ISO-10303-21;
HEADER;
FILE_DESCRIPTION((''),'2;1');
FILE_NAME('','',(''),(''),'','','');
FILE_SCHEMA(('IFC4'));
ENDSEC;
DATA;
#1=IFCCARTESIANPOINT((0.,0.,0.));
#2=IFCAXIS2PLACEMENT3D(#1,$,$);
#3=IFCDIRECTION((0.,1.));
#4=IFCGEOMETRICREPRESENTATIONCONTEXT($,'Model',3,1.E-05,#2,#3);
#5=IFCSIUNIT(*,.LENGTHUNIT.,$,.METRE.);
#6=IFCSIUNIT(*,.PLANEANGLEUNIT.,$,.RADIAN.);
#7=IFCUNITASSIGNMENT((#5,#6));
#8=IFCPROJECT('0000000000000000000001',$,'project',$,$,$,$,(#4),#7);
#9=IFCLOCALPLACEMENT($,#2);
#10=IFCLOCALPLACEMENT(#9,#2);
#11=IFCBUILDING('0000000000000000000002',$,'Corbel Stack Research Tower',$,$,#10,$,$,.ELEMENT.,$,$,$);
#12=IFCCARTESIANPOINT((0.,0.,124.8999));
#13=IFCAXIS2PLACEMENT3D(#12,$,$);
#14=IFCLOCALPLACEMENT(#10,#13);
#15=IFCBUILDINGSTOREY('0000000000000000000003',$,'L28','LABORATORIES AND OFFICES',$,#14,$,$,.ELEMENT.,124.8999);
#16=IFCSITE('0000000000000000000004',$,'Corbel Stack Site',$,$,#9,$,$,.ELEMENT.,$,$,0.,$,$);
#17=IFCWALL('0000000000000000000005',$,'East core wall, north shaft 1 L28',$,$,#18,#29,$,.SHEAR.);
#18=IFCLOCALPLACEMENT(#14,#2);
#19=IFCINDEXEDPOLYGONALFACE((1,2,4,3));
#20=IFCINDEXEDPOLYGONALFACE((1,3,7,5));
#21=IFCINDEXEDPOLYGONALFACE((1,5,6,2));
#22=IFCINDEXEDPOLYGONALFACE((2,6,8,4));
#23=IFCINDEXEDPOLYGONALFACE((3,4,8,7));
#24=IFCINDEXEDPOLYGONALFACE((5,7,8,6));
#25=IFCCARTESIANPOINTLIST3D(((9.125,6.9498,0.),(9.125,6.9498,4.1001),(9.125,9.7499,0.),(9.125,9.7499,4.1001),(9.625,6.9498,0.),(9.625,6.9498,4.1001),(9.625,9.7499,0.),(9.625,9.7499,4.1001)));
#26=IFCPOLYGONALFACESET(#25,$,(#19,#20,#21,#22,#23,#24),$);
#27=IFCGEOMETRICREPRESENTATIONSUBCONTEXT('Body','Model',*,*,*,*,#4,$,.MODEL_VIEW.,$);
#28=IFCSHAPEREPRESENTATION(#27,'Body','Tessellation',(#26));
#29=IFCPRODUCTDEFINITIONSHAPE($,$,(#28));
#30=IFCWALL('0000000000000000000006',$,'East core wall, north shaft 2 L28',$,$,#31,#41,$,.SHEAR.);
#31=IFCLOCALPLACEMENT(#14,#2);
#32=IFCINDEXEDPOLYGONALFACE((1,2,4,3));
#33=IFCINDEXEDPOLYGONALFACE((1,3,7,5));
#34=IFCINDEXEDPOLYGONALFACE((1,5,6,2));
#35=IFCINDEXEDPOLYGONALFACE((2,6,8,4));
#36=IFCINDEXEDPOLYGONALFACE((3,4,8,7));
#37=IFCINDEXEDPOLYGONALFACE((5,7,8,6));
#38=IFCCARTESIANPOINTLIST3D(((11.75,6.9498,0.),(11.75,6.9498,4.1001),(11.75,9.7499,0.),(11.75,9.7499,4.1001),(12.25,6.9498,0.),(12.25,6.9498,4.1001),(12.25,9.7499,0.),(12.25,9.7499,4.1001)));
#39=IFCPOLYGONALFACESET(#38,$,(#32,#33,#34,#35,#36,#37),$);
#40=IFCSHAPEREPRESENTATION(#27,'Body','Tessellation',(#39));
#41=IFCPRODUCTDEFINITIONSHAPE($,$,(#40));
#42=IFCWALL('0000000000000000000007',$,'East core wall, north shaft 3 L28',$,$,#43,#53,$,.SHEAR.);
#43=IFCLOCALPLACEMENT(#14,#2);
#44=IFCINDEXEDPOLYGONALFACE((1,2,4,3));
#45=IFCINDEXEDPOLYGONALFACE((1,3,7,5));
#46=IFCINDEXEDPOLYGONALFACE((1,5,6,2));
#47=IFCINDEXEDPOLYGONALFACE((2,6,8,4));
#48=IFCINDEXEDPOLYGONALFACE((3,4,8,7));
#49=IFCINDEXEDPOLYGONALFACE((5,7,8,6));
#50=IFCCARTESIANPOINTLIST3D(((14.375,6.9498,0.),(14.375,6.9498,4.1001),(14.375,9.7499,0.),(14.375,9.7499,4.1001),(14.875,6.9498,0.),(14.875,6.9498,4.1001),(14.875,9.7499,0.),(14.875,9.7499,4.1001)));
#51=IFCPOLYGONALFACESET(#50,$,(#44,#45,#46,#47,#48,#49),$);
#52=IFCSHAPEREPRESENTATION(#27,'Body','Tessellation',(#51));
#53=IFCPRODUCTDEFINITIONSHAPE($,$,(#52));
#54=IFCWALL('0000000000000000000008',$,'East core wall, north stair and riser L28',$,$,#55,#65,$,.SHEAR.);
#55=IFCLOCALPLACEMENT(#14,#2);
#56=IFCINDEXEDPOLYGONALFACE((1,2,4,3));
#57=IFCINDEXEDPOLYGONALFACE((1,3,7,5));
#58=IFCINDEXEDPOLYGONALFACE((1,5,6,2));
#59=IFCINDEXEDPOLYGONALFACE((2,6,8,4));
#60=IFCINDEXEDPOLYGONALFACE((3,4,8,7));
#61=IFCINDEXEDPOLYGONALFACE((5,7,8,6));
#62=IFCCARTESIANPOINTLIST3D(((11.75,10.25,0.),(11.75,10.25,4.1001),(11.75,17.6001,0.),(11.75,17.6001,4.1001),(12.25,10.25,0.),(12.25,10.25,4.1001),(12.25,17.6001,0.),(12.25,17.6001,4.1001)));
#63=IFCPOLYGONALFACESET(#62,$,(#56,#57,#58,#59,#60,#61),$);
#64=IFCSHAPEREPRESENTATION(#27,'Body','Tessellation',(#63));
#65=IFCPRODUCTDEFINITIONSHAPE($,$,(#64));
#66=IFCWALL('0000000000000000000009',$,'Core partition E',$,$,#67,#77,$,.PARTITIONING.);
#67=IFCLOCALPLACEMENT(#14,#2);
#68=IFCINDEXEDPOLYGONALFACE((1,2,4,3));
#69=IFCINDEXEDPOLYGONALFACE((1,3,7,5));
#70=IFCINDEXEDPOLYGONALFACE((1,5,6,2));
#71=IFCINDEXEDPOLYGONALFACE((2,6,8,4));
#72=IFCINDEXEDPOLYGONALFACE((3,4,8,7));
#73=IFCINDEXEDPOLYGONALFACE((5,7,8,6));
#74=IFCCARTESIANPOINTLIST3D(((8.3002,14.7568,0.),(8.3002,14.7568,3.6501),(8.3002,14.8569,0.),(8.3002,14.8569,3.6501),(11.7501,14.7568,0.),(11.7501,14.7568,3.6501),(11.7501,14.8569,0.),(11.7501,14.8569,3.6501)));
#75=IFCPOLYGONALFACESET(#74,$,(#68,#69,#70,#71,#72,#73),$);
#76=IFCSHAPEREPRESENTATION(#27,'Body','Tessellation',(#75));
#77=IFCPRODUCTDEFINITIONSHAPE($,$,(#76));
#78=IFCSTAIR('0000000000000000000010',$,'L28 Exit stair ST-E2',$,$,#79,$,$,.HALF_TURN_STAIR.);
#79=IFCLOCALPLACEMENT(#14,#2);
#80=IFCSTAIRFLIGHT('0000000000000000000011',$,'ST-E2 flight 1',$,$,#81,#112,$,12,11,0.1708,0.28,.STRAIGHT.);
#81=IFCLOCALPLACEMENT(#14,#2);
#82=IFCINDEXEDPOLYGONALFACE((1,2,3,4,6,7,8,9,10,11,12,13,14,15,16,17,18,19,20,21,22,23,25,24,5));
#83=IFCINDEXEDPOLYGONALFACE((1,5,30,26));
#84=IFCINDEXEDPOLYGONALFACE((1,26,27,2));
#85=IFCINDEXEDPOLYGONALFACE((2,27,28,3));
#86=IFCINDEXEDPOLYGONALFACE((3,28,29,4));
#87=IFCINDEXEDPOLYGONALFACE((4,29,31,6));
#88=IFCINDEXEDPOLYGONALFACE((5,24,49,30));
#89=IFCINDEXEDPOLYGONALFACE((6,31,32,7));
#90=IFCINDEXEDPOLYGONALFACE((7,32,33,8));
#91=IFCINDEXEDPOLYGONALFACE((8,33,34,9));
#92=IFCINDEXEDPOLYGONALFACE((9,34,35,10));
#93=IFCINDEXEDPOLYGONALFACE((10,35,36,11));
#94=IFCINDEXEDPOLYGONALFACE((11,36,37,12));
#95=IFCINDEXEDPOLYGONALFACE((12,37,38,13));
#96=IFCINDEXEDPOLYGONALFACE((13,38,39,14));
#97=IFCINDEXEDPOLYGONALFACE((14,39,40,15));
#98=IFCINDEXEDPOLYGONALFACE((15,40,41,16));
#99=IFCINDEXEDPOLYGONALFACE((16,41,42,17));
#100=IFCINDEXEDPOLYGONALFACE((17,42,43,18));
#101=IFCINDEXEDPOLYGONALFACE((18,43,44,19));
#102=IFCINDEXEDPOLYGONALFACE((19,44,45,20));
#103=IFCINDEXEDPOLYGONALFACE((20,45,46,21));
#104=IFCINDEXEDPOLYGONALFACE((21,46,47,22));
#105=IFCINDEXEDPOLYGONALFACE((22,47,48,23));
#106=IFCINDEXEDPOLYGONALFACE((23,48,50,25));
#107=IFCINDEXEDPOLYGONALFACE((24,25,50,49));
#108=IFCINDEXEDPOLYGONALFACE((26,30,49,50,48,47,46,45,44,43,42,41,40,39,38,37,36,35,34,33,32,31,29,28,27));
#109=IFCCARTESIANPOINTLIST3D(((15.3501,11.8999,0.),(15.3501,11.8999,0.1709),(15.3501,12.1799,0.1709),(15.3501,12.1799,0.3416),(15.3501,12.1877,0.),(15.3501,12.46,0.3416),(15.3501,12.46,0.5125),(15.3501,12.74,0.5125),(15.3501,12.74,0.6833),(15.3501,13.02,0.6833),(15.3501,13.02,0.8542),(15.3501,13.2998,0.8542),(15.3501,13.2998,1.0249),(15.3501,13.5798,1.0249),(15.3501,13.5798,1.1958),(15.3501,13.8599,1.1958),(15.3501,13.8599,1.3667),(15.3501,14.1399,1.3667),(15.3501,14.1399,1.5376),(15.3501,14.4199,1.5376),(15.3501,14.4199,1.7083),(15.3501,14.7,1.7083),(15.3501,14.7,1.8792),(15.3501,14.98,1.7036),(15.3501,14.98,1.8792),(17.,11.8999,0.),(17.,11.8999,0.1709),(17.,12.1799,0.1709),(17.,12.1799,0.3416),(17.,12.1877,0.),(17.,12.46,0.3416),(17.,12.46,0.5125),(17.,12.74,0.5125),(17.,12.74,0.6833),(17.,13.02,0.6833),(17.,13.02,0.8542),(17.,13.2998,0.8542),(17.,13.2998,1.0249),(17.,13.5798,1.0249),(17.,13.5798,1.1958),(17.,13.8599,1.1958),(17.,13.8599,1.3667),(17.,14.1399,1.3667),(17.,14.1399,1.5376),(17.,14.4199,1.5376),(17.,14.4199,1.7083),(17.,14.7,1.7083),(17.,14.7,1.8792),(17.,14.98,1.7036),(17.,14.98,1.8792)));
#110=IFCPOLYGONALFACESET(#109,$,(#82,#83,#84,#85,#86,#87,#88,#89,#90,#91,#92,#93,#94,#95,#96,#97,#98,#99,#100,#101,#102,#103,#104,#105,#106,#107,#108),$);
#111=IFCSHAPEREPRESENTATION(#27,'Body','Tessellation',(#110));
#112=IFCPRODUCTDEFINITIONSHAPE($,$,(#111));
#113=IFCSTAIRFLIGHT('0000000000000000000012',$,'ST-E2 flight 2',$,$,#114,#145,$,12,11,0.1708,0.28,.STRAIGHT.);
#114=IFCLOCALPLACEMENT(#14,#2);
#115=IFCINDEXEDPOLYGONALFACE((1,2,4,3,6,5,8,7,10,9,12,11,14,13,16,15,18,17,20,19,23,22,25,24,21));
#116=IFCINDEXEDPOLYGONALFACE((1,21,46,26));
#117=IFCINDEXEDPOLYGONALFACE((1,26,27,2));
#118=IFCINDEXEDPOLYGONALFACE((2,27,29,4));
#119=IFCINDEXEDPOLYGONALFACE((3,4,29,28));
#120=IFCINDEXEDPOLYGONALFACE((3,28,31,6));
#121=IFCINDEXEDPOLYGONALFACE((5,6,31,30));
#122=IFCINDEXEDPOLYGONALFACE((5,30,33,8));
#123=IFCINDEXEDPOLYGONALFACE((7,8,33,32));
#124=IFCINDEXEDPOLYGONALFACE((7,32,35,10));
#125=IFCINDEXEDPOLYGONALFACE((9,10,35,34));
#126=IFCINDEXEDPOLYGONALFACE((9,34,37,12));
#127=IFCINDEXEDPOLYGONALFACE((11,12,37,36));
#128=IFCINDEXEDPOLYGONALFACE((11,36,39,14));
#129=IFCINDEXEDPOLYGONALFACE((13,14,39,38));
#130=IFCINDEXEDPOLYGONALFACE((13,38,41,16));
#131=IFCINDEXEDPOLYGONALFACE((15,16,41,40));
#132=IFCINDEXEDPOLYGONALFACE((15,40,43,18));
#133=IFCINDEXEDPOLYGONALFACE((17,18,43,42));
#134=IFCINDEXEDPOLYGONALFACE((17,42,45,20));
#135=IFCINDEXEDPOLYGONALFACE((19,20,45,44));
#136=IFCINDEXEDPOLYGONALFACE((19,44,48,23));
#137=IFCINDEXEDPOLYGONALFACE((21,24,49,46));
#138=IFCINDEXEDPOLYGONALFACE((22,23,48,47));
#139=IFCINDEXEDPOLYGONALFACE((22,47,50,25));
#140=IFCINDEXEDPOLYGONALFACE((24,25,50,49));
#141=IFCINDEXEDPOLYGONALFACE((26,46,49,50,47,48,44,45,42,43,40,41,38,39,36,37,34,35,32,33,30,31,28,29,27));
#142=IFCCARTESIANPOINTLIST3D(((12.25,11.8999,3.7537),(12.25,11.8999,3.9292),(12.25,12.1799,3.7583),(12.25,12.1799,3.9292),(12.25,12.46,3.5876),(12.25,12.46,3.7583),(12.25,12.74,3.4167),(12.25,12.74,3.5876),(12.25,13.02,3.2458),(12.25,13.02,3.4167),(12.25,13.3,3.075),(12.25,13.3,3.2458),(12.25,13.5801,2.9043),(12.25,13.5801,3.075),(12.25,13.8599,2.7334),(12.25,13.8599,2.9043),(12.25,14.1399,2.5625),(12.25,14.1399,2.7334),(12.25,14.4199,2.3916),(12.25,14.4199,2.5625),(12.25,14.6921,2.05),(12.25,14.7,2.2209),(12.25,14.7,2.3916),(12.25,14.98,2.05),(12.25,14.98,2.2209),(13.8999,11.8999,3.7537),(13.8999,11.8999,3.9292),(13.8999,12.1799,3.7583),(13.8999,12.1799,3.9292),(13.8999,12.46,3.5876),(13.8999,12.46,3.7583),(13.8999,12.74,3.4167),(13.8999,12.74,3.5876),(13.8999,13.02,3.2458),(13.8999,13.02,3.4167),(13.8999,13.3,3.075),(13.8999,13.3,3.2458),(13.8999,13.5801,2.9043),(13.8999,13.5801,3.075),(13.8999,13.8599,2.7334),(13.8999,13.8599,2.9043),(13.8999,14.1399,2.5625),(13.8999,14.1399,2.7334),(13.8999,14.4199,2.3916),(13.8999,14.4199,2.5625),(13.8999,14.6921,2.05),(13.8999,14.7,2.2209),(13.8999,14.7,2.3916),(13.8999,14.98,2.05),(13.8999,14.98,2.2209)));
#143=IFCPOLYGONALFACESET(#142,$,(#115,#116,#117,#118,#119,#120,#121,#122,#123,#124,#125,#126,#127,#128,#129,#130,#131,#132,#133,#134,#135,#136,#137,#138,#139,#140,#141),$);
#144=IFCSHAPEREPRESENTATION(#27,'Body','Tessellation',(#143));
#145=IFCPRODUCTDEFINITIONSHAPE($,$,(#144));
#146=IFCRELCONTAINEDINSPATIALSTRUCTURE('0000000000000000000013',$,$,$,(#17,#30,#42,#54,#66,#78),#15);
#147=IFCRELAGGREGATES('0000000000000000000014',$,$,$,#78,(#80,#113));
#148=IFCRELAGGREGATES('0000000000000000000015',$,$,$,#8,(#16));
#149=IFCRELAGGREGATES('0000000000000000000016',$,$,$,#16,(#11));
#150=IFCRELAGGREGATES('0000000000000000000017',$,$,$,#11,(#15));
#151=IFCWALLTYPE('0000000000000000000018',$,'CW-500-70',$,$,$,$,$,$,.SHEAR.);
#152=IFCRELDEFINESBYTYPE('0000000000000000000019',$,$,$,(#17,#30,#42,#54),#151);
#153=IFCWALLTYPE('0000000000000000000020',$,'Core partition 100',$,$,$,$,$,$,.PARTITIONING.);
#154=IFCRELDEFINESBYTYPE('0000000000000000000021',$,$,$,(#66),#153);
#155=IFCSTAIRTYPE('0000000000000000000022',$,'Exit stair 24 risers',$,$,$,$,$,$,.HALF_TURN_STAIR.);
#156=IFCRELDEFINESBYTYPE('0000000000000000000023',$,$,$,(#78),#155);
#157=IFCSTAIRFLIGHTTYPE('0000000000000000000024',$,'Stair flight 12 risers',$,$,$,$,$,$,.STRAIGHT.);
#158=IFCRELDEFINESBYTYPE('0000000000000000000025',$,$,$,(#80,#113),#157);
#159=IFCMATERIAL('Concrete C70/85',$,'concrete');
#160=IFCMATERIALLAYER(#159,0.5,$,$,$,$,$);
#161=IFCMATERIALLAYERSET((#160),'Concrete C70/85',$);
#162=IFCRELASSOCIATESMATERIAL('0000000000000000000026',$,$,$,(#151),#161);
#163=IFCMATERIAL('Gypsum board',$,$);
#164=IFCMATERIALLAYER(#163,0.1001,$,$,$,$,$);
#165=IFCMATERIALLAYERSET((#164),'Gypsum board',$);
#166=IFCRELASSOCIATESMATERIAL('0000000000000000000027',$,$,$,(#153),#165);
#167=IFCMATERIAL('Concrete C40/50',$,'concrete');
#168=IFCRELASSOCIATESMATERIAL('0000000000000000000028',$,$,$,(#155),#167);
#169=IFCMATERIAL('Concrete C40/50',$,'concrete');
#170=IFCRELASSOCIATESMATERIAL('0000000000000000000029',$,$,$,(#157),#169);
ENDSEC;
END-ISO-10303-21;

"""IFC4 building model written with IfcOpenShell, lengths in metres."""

from ifc_helpers import new_model, si_unit, direction, frame, frame_2d, origin, place, context, subcontext, project, spatial, polyline, rectangle, outline, extrude, material, layer, layer_set, type_object, element, aggregate, save


model = new_model("IFC4")

# Units and contexts
model_context = context("Model", 3, precision=1e-05, world=origin(), true_north=direction((0.0, 1.0)))
body_context = subcontext(model_context, "Body", "Model", "MODEL_VIEW")
ifc_project = project(units=[si_unit("LENGTHUNIT", "METRE"), si_unit("PLANEANGLEUNIT", "RADIAN")], contexts=[model_context])

# Site, building, storey
site_placement = place(None, origin())
site = spatial("IfcSite", under=ifc_project, at=site_placement, Name="Corbel Stack Site", CompositionType="ELEMENT", RefElevation=0.0)
building_placement = place(site_placement, origin())
building = spatial("IfcBuilding", under=site, at=building_placement, Name="Corbel Stack Research Tower", CompositionType="ELEMENT")
storey_placement = place(building_placement, frame((0.0, 0.0, 124.8999)))
storey = spatial("IfcBuildingStorey", under=building, at=storey_placement, Name="L28", Description="LABORATORIES AND OFFICES", CompositionType="ELEMENT", Elevation=124.8999)

# Walls
ifc_material_1 = material(Name="Concrete C70/85", Category="concrete")
ifc_layer_1 = layer(ifc_material_1, 0.5)
ifc_layer_set_1 = layer_set([ifc_layer_1], Name="Concrete C70/85")
wall_type_1 = type_object("IfcWallType", Name="CW-500-70", PredefinedType="SHEAR", material=ifc_layer_set_1)
for number, where, z_axis, x_axis, name in (
    (1, (9.375, 6.95, 0.0), (0.0, 0.0, 1.0), (0.0, 1.0, 0.0), "East core wall, north shaft 1 L28"),
    (2, (12.0, 6.95, 0.0), (0.0, 0.0, 1.0), (0.0, 1.0, 0.0), "East core wall, north shaft 2 L28"),
    (3, (14.625, 6.95, 0.0), (0.0, 0.0, 1.0), (0.0, 1.0, 0.0), "East core wall, north shaft 3 L28"),
):
    element("IfcWall", number, at=place(storey_placement, frame(where, z_axis=z_axis, x_axis=x_axis)), inside=storey, type_object=wall_type_1, Name=name, PredefinedType="SHEAR", context=body_context, shape_type="SweptSolid", body=[
        extrude(rectangle(XDim=2.8, YDim=0.5, at=frame_2d((1.3999, 0.0))), origin(), (0.0, 0.0, 1.0), 4.1001),
    ])
wall_1_placement = place(storey_placement, frame((12.0, 10.25, 0.0), z_axis=(0.0, 0.0, 1.0), x_axis=(0.0, 1.0, 0.0)))
element("IfcWall", 4, at=wall_1_placement, inside=storey, type_object=wall_type_1, Name="East core wall, north stair and riser L28", PredefinedType="SHEAR", context=body_context, shape_type="SweptSolid", body=[
    extrude(rectangle(XDim=7.3501, YDim=0.5, at=frame_2d((3.675, 0.0))), origin(), (0.0, 0.0, 1.0), 4.1001),
])
ifc_material_2 = material(Name="Gypsum board")
ifc_layer_2 = layer(ifc_material_2, 0.1001)
ifc_layer_set_2 = layer_set([ifc_layer_2], Name="Gypsum board")
wall_type_2 = type_object("IfcWallType", Name="Core partition 100", PredefinedType="PARTITIONING", material=ifc_layer_set_2)
wall_2_placement = place(storey_placement, frame((8.3, 14.8069, 0.0), z_axis=(0.0, 0.0, 1.0), x_axis=(1.0, 0.0, 0.0)))
element("IfcWall", 5, at=wall_2_placement, inside=storey, type_object=wall_type_2, Name="Core partition E", PredefinedType="PARTITIONING", context=body_context, shape_type="SweptSolid", body=[
    extrude(rectangle(XDim=3.45, YDim=0.1001, at=frame_2d((1.7251, 0.0))), origin(), (0.0, 0.0, 1.0), 3.6501),
])

# Stair, stair flights
ifc_material_3 = material(Name="Concrete C40/50", Category="concrete")
stair_type = type_object("IfcStairType", Name="Exit stair 24 risers", PredefinedType="HALF_TURN_STAIR", material=ifc_material_3)
stair_placement = place(storey_placement, origin())
stair = element("IfcStair", 6, at=stair_placement, inside=storey, type_object=stair_type, Name="L28 Exit stair ST-E2", PredefinedType="HALF_TURN_STAIR")
ifc_material_4 = material(Name="Concrete C40/50", Category="concrete")
stair_flight_type = type_object("IfcStairFlightType", Name="Stair flight 12 risers", PredefinedType="STRAIGHT", material=ifc_material_4)
stair_flight_1_placement = place(storey_placement, frame((16.175, 11.8999, 0.0), z_axis=(0.0, 0.0, 1.0), x_axis=(0.0, 1.0, 0.0)))
stair_flight_1 = element("IfcStairFlight", 7, at=stair_flight_1_placement, type_object=stair_flight_type, Name="ST-E2 flight 1", NumberOfRisers=12, NumberOfTreads=11, PredefinedType="STRAIGHT", RiserHeight=0.1708, TreadLength=0.28, context=body_context, shape_type="SweptSolid", body=[
    extrude(outline(polyline([(0.0, 0.0), (0.0, 0.1709), (0.28, 0.1709), (0.28, 0.3416), (0.5601, 0.3416), (0.5601, 0.5125), (0.8401, 0.5125), (0.8401, 0.6833), (1.1201, 0.6833), (1.1201, 0.8542), (1.3999, 0.8542), (1.3999, 1.0249), (1.6799, 1.0249), (1.6799, 1.1958), (1.96, 1.1958), (1.96, 1.3667), (2.24, 1.3667), (2.24, 1.5376), (2.52, 1.5376), (2.52, 1.7083), (2.8, 1.7083), (2.8, 1.8792), (3.0801, 1.8792), (3.0801, 2.05), (3.0801, 1.7036), (0.2878, 0.0), (0.0, 0.0)])), frame((0.0, 0.825, 0.0), z_axis=(0.0, -1.0, 0.0), x_axis=(1.0, 0.0, 0.0)), (0.0, 0.0, 1.0), 1.6499),
])
stair_flight_2_placement = place(storey_placement, frame((13.075, 14.98, 2.05), z_axis=(0.0, 0.0, 1.0), x_axis=(0.0, -1.0, 0.0)))
stair_flight_2 = element("IfcStairFlight", 8, at=stair_flight_2_placement, type_object=stair_flight_type, Name="ST-E2 flight 2", NumberOfRisers=12, NumberOfTreads=11, PredefinedType="STRAIGHT", RiserHeight=0.1708, TreadLength=0.28, context=body_context, shape_type="SweptSolid", body=[
    extrude(outline(polyline([(0.0, 0.0), (0.0, 0.1709), (0.28, 0.1709), (0.28, 0.3416), (0.5601, 0.3416), (0.5601, 0.5125), (0.8401, 0.5125), (0.8401, 0.6833), (1.1201, 0.6833), (1.1201, 0.8542), (1.3999, 0.8542), (1.3999, 1.0249), (1.6799, 1.0249), (1.6799, 1.1958), (1.96, 1.1958), (1.96, 1.3667), (2.24, 1.3667), (2.24, 1.5376), (2.52, 1.5376), (2.52, 1.7083), (2.8, 1.7083), (2.8, 1.8792), (3.0801, 1.8792), (3.0801, 2.05), (3.0801, 1.7036), (0.2878, 0.0), (0.0, 0.0)])), frame((0.0, 0.825, 0.0), z_axis=(0.0, -1.0, 0.0), x_axis=(1.0, 0.0, 0.0)), (0.0, 0.0, 1.0), 1.6499),
])
aggregate(stair, [stair_flight_1, stair_flight_2])

save(model, "model.ifc")
